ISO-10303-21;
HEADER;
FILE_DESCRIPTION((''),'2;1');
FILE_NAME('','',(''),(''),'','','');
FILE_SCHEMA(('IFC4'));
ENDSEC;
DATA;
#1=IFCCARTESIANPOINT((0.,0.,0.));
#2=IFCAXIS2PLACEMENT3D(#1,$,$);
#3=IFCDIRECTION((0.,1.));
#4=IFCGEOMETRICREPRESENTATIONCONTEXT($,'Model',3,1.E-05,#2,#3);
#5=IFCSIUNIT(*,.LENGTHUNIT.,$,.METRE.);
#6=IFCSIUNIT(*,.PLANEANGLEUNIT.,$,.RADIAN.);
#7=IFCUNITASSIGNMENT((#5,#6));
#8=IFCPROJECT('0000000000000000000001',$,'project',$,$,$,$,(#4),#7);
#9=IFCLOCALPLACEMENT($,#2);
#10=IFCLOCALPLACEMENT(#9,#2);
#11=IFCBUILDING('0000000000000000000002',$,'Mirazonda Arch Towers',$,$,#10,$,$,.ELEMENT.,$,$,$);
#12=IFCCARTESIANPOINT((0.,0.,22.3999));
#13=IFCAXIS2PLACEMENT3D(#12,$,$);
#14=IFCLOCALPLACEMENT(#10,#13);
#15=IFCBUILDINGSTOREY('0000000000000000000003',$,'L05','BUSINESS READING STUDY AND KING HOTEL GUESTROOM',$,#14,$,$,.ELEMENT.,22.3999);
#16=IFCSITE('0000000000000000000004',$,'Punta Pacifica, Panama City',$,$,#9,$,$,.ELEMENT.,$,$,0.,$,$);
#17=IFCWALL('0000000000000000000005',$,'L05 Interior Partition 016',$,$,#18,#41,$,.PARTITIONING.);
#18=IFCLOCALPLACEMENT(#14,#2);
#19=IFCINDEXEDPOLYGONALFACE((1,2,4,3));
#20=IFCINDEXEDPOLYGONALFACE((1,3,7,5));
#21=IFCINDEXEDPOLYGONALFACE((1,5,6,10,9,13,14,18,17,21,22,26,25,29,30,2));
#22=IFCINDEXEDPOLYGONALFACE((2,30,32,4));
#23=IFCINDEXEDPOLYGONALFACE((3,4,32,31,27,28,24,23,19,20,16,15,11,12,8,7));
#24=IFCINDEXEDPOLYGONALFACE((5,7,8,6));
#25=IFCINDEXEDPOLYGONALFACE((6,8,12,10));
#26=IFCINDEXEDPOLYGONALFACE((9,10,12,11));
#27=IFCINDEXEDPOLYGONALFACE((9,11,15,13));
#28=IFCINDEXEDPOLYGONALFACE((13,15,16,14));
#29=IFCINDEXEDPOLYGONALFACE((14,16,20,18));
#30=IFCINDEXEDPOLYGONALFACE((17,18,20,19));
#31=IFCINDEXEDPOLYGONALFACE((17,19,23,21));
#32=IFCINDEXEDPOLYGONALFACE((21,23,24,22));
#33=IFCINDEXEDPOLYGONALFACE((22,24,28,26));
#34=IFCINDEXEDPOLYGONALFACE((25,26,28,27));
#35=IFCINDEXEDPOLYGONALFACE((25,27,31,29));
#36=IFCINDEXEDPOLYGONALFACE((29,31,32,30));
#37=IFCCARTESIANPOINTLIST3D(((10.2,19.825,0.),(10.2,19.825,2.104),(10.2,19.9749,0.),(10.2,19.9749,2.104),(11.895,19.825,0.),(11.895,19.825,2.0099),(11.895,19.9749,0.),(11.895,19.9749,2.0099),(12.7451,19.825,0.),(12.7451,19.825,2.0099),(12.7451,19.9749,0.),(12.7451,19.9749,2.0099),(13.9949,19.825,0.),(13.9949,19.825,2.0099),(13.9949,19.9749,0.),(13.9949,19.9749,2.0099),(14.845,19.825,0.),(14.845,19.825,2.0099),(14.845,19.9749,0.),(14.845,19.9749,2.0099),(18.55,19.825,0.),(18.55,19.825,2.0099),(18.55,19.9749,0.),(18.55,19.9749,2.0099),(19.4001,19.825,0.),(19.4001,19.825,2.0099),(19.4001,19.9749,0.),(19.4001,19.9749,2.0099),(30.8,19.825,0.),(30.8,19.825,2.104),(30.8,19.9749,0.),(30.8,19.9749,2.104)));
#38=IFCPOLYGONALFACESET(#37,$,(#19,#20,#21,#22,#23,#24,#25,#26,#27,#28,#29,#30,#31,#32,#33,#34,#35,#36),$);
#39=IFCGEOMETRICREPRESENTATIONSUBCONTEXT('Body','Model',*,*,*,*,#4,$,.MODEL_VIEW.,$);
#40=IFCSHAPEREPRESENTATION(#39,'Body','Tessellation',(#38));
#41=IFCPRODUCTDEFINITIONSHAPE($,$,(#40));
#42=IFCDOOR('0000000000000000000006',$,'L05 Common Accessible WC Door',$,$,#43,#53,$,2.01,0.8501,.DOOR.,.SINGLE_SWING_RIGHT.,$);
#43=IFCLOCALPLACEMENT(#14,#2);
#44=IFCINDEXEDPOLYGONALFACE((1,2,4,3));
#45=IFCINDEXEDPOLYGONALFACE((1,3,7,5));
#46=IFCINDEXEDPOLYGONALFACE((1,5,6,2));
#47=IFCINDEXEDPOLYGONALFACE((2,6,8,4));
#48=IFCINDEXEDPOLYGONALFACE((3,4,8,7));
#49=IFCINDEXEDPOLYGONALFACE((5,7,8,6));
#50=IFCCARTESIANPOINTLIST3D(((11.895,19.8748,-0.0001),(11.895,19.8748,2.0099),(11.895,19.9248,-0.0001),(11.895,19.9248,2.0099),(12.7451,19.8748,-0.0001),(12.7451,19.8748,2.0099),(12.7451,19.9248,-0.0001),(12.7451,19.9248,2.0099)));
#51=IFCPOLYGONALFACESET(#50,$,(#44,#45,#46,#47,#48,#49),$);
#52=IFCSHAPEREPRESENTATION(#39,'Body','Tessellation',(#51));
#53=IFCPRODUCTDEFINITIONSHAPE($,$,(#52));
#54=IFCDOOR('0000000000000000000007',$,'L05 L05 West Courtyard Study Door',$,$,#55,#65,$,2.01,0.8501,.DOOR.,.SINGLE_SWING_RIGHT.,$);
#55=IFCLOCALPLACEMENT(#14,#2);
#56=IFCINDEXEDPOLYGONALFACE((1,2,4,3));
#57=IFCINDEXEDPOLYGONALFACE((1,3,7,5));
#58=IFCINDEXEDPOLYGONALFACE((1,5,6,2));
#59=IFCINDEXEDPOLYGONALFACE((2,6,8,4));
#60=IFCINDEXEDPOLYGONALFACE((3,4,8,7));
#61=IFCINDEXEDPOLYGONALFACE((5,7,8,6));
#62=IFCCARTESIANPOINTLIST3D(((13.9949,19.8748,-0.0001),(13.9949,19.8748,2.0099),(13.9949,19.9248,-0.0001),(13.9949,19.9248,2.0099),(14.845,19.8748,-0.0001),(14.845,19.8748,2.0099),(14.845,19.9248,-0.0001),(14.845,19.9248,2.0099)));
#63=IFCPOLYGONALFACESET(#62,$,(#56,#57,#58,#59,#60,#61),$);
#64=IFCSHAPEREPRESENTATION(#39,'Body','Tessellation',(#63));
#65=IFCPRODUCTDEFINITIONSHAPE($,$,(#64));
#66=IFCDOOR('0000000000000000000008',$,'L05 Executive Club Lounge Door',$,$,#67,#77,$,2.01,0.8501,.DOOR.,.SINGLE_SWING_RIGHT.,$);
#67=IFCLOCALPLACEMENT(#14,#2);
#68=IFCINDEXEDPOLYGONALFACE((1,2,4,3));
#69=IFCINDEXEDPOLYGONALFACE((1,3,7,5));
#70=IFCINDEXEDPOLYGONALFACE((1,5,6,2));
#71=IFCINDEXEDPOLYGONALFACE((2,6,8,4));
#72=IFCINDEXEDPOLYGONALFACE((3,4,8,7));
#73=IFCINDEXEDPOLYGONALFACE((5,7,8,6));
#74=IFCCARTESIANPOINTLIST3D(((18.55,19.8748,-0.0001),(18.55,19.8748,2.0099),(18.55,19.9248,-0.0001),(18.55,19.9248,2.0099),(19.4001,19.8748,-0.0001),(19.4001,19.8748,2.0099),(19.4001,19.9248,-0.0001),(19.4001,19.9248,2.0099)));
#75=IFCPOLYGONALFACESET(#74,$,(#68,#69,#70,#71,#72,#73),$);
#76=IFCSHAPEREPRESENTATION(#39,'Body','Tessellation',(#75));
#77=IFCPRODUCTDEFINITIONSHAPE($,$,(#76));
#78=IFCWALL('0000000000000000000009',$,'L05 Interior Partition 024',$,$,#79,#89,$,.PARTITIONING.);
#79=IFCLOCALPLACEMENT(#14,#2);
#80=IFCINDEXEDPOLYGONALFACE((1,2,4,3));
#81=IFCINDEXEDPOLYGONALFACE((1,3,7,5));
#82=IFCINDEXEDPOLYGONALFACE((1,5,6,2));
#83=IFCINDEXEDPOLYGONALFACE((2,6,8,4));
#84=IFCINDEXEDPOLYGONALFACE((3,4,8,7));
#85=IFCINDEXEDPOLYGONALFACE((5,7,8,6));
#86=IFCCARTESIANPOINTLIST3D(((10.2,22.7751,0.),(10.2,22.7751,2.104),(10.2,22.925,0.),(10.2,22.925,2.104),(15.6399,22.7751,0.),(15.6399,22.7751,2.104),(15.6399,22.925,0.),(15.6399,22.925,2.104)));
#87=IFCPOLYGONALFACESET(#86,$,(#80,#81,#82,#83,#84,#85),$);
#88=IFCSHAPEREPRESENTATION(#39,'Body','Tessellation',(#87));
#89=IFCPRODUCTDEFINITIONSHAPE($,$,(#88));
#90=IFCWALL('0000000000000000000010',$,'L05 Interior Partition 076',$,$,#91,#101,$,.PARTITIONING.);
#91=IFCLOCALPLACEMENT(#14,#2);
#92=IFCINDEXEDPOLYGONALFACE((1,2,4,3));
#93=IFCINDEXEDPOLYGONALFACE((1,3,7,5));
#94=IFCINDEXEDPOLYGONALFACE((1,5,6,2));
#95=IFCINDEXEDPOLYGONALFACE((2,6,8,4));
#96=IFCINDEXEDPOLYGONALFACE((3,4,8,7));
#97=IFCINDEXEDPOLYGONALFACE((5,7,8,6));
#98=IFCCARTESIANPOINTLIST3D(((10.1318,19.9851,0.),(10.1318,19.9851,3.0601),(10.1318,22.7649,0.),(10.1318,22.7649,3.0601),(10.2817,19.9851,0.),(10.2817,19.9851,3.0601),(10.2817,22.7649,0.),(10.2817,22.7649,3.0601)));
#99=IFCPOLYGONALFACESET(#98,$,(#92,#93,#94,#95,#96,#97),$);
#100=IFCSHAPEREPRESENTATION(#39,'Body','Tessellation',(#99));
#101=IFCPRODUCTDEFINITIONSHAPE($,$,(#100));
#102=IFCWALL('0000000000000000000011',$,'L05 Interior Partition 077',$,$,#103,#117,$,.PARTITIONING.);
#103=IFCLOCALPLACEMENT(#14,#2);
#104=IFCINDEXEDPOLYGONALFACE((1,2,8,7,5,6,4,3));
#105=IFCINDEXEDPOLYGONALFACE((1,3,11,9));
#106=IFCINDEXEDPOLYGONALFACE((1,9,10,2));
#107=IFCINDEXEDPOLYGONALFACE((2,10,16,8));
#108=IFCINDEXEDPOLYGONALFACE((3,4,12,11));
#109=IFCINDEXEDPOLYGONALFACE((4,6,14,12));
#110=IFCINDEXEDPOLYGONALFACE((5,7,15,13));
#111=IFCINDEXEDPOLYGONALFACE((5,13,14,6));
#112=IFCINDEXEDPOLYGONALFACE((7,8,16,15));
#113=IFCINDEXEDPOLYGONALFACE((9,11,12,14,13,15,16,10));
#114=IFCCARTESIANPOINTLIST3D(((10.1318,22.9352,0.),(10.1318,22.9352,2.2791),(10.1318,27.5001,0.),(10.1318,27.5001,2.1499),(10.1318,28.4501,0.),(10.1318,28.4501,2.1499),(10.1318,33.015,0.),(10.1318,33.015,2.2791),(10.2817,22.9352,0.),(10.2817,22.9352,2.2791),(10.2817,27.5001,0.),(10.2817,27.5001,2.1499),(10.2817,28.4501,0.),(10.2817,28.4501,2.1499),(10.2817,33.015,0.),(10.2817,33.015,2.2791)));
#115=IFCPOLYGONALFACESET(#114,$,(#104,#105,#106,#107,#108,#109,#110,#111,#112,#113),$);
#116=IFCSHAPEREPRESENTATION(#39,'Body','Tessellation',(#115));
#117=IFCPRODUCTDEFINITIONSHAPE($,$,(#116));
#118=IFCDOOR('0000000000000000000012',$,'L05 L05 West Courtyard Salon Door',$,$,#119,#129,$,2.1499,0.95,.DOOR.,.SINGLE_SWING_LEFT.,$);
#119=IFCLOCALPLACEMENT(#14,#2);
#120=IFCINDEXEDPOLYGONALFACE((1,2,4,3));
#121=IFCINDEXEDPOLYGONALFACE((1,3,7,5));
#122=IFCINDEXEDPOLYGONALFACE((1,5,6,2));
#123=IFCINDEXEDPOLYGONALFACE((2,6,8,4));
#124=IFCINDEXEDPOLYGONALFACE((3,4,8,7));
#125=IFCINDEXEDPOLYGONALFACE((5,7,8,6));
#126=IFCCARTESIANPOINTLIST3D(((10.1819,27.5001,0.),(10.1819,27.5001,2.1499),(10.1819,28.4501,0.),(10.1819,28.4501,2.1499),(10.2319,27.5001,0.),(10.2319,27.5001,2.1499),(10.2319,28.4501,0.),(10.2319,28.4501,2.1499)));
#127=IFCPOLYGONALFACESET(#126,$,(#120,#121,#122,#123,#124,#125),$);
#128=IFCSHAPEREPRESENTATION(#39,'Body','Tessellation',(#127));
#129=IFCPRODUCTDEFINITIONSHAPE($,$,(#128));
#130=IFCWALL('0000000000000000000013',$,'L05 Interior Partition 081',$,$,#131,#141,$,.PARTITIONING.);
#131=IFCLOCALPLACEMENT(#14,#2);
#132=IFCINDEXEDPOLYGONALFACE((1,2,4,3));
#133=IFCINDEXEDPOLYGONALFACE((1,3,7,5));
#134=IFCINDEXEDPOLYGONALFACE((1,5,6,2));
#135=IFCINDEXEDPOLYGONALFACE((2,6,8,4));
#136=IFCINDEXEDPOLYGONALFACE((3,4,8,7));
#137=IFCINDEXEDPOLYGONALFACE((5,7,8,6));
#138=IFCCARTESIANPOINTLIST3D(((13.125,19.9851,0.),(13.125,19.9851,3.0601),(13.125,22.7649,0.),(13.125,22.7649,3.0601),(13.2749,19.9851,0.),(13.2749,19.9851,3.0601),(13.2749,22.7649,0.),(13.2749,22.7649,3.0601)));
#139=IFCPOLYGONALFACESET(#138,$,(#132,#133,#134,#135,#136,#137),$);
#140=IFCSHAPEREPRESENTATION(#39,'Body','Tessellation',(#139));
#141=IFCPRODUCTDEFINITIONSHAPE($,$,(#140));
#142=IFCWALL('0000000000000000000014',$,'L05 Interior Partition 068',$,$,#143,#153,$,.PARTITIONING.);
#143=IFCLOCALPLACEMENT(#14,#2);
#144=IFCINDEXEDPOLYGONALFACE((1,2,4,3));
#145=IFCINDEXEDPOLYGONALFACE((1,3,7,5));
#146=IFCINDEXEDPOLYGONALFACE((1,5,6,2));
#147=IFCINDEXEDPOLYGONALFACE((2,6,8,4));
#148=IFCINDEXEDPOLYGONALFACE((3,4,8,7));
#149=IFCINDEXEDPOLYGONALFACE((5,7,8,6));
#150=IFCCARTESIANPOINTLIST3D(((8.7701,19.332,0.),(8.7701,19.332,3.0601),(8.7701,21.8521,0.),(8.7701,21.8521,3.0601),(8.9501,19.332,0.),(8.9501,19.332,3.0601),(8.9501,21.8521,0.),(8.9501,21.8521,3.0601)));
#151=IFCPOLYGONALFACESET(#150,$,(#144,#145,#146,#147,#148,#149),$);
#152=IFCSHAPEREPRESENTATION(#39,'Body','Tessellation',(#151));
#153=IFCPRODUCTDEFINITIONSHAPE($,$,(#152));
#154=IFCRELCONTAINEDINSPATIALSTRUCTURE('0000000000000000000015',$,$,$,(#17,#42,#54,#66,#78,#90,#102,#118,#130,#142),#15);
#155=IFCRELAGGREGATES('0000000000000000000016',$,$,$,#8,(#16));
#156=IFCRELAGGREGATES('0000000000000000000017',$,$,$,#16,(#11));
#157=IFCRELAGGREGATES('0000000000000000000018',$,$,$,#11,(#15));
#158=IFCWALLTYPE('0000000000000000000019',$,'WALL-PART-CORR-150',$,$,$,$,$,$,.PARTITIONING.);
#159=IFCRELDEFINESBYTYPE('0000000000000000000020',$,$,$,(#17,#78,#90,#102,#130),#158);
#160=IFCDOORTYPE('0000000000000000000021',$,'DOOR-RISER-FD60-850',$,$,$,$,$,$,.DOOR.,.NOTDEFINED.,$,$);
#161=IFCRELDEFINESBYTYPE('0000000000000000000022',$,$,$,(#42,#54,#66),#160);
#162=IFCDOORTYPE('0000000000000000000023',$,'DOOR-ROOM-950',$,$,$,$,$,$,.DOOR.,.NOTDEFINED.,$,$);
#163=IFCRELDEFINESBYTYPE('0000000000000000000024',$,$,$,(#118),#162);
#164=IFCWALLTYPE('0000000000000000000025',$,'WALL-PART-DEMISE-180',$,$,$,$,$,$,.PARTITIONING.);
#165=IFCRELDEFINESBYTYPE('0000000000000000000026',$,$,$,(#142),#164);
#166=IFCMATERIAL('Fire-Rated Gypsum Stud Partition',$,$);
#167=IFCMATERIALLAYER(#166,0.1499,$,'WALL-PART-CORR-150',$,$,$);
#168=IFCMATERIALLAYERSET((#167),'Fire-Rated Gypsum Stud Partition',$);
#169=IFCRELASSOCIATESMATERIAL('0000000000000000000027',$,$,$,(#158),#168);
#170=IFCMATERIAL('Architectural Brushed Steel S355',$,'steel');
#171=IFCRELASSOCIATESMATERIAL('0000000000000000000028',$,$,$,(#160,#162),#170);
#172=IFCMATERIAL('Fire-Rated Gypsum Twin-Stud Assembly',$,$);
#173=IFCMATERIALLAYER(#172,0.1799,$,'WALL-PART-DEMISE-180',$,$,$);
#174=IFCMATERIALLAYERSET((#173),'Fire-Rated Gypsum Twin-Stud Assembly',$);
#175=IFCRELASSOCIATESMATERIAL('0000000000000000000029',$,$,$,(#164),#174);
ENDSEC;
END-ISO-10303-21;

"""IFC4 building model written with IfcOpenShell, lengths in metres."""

from ifc_helpers import new_model, si_unit, direction, frame, frame_2d, origin, place, context, subcontext, project, spatial, rectangle, extrude, material, layer, layer_set, type_object, element, fill, save


model = new_model("IFC4")

# Units and contexts
model_context = context("Model", 3, precision=1e-05, world=origin(), true_north=direction((0.0, 1.0)))
body_context = subcontext(model_context, "Body", "Model", "MODEL_VIEW")
ifc_project = project(units=[si_unit("LENGTHUNIT", "METRE"), si_unit("PLANEANGLEUNIT", "RADIAN")], contexts=[model_context])

# Site, building, storey
site_placement = place(None, origin())
site = spatial("IfcSite", under=ifc_project, at=site_placement, Name="Punta Pacifica, Panama City", CompositionType="ELEMENT", RefElevation=0.0)
building_placement = place(site_placement, origin())
building = spatial("IfcBuilding", under=site, at=building_placement, Name="Mirazonda Arch Towers", CompositionType="ELEMENT")
storey_placement = place(building_placement, frame((0.0, 0.0, 22.3999)))
storey = spatial("IfcBuildingStorey", under=building, at=storey_placement, Name="L05", Description="BUSINESS READING STUDY AND KING HOTEL GUESTROOM", CompositionType="ELEMENT", Elevation=22.3999)

# Shared definitions
ifc_material_1 = material(Name="Architectural Brushed Steel S355", Category="steel")

# Shared definitions
ifc_material_2 = material(Name="Fire-Rated Gypsum Stud Partition")
ifc_layer_1 = layer(ifc_material_2, 0.1499, Name="WALL-PART-CORR-150")
ifc_layer_set_1 = layer_set([ifc_layer_1], Name="Fire-Rated Gypsum Stud Partition")
wall_type_1 = type_object("IfcWallType", Name="WALL-PART-CORR-150", PredefinedType="PARTITIONING", material=ifc_layer_set_1)

# Wall, openings, doors
wall_1_placement = place(storey_placement, frame((10.2, 19.8999, 0.0), z_axis=(0.0, 0.0, 1.0), x_axis=(1.0, 0.0, 0.0)))
wall_1 = element("IfcWall", 1, at=wall_1_placement, inside=storey, type_object=wall_type_1, Name="L05 Interior Partition 016", PredefinedType="PARTITIONING", context=body_context, shape_type="SweptSolid", body=[
    extrude(rectangle(XDim=20.6001, YDim=0.1499, at=frame_2d((10.3, 0.0))), origin(), (0.0, 0.0, 1.0), 2.104),
])
opening_1_placement = place(wall_1_placement, frame((1.6951, 0.0, 0.0)))
opening_1 = element("IfcOpeningElement", 2, at=opening_1_placement, cuts=wall_1, PredefinedType="OPENING", context=body_context, shape_type="SweptSolid", body=[
    extrude(rectangle(XDim=0.8501, YDim=2.01, at=frame_2d((0.425, 1.0049))), frame((0.0, 0.085, 0.0), z_axis=(0.0, -1.0, 0.0), x_axis=(1.0, 0.0, 0.0)), (0.0, 0.0, 1.0), 0.1699),
])
opening_2_placement = place(wall_1_placement, frame((3.7949, 0.0, 0.0)))
opening_2 = element("IfcOpeningElement", 3, at=opening_2_placement, cuts=wall_1, PredefinedType="OPENING", context=body_context, shape_type="SweptSolid", body=[
    extrude(rectangle(XDim=0.8501, YDim=2.01, at=frame_2d((0.425, 1.0049))), frame((0.0, 0.085, 0.0), z_axis=(0.0, -1.0, 0.0), x_axis=(1.0, 0.0, 0.0)), (0.0, 0.0, 1.0), 0.1699),
])
opening_3_placement = place(wall_1_placement, frame((8.3501, 0.0, 0.0)))
opening_3 = element("IfcOpeningElement", 4, at=opening_3_placement, cuts=wall_1, PredefinedType="OPENING", context=body_context, shape_type="SweptSolid", body=[
    extrude(rectangle(XDim=0.8501, YDim=2.01, at=frame_2d((0.425, 1.0049))), frame((0.0, 0.085, 0.0), z_axis=(0.0, -1.0, 0.0), x_axis=(1.0, 0.0, 0.0)), (0.0, 0.0, 1.0), 0.1699),
])
door_type_1 = type_object("IfcDoorType", Name="DOOR-RISER-FD60-850", OperationType="NOTDEFINED", PredefinedType="DOOR", material=ifc_material_1)
door_1_placement = place(opening_1_placement, origin())
door_1 = element("IfcDoor", 5, at=door_1_placement, inside=storey, type_object=door_type_1, Name="L05 Common Accessible WC Door", OperationType="SINGLE_SWING_RIGHT", OverallHeight=2.01, OverallWidth=0.8501, PredefinedType="DOOR", context=body_context, shape_type="SweptSolid", body=[
    extrude(rectangle(XDim=0.8501, YDim=2.01, at=frame_2d((0.425, 1.0049))), frame((0.0, 0.0249, 0.0), z_axis=(0.0, -1.0, 0.0), x_axis=(1.0, 0.0, 0.0)), (0.0, 0.0, 1.0), 0.05),
])
fill(opening_1, door_1)
door_2_placement = place(opening_2_placement, origin())
door_2 = element("IfcDoor", 6, at=door_2_placement, inside=storey, type_object=door_type_1, Name="L05 L05 West Courtyard Study Door", OperationType="SINGLE_SWING_RIGHT", OverallHeight=2.01, OverallWidth=0.8501, PredefinedType="DOOR", context=body_context, shape_type="SweptSolid", body=[
    extrude(rectangle(XDim=0.8501, YDim=2.01, at=frame_2d((0.425, 1.0049))), frame((0.0, 0.0249, 0.0), z_axis=(0.0, -1.0, 0.0), x_axis=(1.0, 0.0, 0.0)), (0.0, 0.0, 1.0), 0.05),
])
fill(opening_2, door_2)
door_3_placement = place(opening_3_placement, origin())
door_3 = element("IfcDoor", 7, at=door_3_placement, inside=storey, type_object=door_type_1, Name="L05 Executive Club Lounge Door", OperationType="SINGLE_SWING_RIGHT", OverallHeight=2.01, OverallWidth=0.8501, PredefinedType="DOOR", context=body_context, shape_type="SweptSolid", body=[
    extrude(rectangle(XDim=0.8501, YDim=2.01, at=frame_2d((0.425, 1.0049))), frame((0.0, 0.0249, 0.0), z_axis=(0.0, -1.0, 0.0), x_axis=(1.0, 0.0, 0.0)), (0.0, 0.0, 1.0), 0.05),
])
fill(opening_3, door_3)

# Walls
wall_2_placement = place(storey_placement, frame((10.2, 22.8501, 0.0), z_axis=(0.0, 0.0, 1.0), x_axis=(1.0, 0.0, 0.0)))
element("IfcWall", 8, at=wall_2_placement, inside=storey, type_object=wall_type_1, Name="L05 Interior Partition 024", PredefinedType="PARTITIONING", context=body_context, shape_type="SweptSolid", body=[
    extrude(rectangle(XDim=5.4399, YDim=0.1499, at=frame_2d((2.72, 0.0))), origin(), (0.0, 0.0, 1.0), 2.104),
])
wall_3_placement = place(storey_placement, frame((10.2068, 19.9851, 0.0), z_axis=(0.0, 0.0, 1.0), x_axis=(0.0, 1.0, 0.0)))
element("IfcWall", 9, at=wall_3_placement, inside=storey, type_object=wall_type_1, Name="L05 Interior Partition 076", PredefinedType="PARTITIONING", context=body_context, shape_type="SweptSolid", body=[
    extrude(rectangle(XDim=2.7798, YDim=0.1499, at=frame_2d((1.3899, 0.0))), origin(), (0.0, 0.0, 1.0), 3.0601),
])

# Wall, opening, door
wall_4_placement = place(storey_placement, frame((10.2068, 22.9351, 0.0), z_axis=(0.0, 0.0, 1.0), x_axis=(0.0, 1.0, 0.0)))
wall_4 = element("IfcWall", 10, at=wall_4_placement, inside=storey, type_object=wall_type_1, Name="L05 Interior Partition 077", PredefinedType="PARTITIONING", context=body_context, shape_type="SweptSolid", body=[
    extrude(rectangle(XDim=10.0798, YDim=0.1499, at=frame_2d((5.04, 0.0))), origin(), (0.0, 0.0, 1.0), 2.2791),
])
opening_4_placement = place(wall_4_placement, frame((4.5649, 0.0, 0.0)))
opening_4 = element("IfcOpeningElement", 11, at=opening_4_placement, cuts=wall_4, PredefinedType="OPENING", context=body_context, shape_type="SweptSolid", body=[
    extrude(rectangle(XDim=0.95, YDim=2.1499, at=frame_2d((0.4751, 1.075))), frame((0.0, 0.085, 0.0), z_axis=(0.0, -1.0, 0.0), x_axis=(1.0, 0.0, 0.0)), (0.0, 0.0, 1.0), 0.1699),
])
door_type_2 = type_object("IfcDoorType", Name="DOOR-ROOM-950", OperationType="NOTDEFINED", PredefinedType="DOOR", material=ifc_material_1)
door_4_placement = place(opening_4_placement, origin())
door_4 = element("IfcDoor", 12, at=door_4_placement, inside=storey, type_object=door_type_2, Name="L05 L05 West Courtyard Salon Door", OperationType="SINGLE_SWING_LEFT", OverallHeight=2.1499, OverallWidth=0.95, PredefinedType="DOOR", context=body_context, shape_type="SweptSolid", body=[
    extrude(rectangle(XDim=0.95, YDim=2.1499, at=frame_2d((0.4751, 1.075))), frame((0.0, 0.0249, 0.0), z_axis=(0.0, -1.0, 0.0), x_axis=(1.0, 0.0, 0.0)), (0.0, 0.0, 1.0), 0.05),
])
fill(opening_4, door_4)

# Walls
wall_5_placement = place(storey_placement, frame((13.2, 19.9851, 0.0), z_axis=(0.0, 0.0, 1.0), x_axis=(0.0, 1.0, 0.0)))
element("IfcWall", 13, at=wall_5_placement, inside=storey, type_object=wall_type_1, Name="L05 Interior Partition 081", PredefinedType="PARTITIONING", context=body_context, shape_type="SweptSolid", body=[
    extrude(rectangle(XDim=2.7798, YDim=0.1499, at=frame_2d((1.3899, 0.0))), origin(), (0.0, 0.0, 1.0), 3.0601),
])
ifc_material_3 = material(Name="Fire-Rated Gypsum Twin-Stud Assembly")
ifc_layer_2 = layer(ifc_material_3, 0.1799, Name="WALL-PART-DEMISE-180")
ifc_layer_set_2 = layer_set([ifc_layer_2], Name="Fire-Rated Gypsum Twin-Stud Assembly")
wall_type_2 = type_object("IfcWallType", Name="WALL-PART-DEMISE-180", PredefinedType="PARTITIONING", material=ifc_layer_set_2)
wall_6_placement = place(storey_placement, frame((8.8601, 19.332, 0.0), z_axis=(0.0, 0.0, 1.0), x_axis=(0.0, 1.0, 0.0)))
element("IfcWall", 14, at=wall_6_placement, inside=storey, type_object=wall_type_2, Name="L05 Interior Partition 068", PredefinedType="PARTITIONING", context=body_context, shape_type="SweptSolid", body=[
    extrude(rectangle(XDim=2.52, YDim=0.1799, at=frame_2d((1.26, 0.0))), origin(), (0.0, 0.0, 1.0), 3.0601),
])

save(model, "model.ifc")
